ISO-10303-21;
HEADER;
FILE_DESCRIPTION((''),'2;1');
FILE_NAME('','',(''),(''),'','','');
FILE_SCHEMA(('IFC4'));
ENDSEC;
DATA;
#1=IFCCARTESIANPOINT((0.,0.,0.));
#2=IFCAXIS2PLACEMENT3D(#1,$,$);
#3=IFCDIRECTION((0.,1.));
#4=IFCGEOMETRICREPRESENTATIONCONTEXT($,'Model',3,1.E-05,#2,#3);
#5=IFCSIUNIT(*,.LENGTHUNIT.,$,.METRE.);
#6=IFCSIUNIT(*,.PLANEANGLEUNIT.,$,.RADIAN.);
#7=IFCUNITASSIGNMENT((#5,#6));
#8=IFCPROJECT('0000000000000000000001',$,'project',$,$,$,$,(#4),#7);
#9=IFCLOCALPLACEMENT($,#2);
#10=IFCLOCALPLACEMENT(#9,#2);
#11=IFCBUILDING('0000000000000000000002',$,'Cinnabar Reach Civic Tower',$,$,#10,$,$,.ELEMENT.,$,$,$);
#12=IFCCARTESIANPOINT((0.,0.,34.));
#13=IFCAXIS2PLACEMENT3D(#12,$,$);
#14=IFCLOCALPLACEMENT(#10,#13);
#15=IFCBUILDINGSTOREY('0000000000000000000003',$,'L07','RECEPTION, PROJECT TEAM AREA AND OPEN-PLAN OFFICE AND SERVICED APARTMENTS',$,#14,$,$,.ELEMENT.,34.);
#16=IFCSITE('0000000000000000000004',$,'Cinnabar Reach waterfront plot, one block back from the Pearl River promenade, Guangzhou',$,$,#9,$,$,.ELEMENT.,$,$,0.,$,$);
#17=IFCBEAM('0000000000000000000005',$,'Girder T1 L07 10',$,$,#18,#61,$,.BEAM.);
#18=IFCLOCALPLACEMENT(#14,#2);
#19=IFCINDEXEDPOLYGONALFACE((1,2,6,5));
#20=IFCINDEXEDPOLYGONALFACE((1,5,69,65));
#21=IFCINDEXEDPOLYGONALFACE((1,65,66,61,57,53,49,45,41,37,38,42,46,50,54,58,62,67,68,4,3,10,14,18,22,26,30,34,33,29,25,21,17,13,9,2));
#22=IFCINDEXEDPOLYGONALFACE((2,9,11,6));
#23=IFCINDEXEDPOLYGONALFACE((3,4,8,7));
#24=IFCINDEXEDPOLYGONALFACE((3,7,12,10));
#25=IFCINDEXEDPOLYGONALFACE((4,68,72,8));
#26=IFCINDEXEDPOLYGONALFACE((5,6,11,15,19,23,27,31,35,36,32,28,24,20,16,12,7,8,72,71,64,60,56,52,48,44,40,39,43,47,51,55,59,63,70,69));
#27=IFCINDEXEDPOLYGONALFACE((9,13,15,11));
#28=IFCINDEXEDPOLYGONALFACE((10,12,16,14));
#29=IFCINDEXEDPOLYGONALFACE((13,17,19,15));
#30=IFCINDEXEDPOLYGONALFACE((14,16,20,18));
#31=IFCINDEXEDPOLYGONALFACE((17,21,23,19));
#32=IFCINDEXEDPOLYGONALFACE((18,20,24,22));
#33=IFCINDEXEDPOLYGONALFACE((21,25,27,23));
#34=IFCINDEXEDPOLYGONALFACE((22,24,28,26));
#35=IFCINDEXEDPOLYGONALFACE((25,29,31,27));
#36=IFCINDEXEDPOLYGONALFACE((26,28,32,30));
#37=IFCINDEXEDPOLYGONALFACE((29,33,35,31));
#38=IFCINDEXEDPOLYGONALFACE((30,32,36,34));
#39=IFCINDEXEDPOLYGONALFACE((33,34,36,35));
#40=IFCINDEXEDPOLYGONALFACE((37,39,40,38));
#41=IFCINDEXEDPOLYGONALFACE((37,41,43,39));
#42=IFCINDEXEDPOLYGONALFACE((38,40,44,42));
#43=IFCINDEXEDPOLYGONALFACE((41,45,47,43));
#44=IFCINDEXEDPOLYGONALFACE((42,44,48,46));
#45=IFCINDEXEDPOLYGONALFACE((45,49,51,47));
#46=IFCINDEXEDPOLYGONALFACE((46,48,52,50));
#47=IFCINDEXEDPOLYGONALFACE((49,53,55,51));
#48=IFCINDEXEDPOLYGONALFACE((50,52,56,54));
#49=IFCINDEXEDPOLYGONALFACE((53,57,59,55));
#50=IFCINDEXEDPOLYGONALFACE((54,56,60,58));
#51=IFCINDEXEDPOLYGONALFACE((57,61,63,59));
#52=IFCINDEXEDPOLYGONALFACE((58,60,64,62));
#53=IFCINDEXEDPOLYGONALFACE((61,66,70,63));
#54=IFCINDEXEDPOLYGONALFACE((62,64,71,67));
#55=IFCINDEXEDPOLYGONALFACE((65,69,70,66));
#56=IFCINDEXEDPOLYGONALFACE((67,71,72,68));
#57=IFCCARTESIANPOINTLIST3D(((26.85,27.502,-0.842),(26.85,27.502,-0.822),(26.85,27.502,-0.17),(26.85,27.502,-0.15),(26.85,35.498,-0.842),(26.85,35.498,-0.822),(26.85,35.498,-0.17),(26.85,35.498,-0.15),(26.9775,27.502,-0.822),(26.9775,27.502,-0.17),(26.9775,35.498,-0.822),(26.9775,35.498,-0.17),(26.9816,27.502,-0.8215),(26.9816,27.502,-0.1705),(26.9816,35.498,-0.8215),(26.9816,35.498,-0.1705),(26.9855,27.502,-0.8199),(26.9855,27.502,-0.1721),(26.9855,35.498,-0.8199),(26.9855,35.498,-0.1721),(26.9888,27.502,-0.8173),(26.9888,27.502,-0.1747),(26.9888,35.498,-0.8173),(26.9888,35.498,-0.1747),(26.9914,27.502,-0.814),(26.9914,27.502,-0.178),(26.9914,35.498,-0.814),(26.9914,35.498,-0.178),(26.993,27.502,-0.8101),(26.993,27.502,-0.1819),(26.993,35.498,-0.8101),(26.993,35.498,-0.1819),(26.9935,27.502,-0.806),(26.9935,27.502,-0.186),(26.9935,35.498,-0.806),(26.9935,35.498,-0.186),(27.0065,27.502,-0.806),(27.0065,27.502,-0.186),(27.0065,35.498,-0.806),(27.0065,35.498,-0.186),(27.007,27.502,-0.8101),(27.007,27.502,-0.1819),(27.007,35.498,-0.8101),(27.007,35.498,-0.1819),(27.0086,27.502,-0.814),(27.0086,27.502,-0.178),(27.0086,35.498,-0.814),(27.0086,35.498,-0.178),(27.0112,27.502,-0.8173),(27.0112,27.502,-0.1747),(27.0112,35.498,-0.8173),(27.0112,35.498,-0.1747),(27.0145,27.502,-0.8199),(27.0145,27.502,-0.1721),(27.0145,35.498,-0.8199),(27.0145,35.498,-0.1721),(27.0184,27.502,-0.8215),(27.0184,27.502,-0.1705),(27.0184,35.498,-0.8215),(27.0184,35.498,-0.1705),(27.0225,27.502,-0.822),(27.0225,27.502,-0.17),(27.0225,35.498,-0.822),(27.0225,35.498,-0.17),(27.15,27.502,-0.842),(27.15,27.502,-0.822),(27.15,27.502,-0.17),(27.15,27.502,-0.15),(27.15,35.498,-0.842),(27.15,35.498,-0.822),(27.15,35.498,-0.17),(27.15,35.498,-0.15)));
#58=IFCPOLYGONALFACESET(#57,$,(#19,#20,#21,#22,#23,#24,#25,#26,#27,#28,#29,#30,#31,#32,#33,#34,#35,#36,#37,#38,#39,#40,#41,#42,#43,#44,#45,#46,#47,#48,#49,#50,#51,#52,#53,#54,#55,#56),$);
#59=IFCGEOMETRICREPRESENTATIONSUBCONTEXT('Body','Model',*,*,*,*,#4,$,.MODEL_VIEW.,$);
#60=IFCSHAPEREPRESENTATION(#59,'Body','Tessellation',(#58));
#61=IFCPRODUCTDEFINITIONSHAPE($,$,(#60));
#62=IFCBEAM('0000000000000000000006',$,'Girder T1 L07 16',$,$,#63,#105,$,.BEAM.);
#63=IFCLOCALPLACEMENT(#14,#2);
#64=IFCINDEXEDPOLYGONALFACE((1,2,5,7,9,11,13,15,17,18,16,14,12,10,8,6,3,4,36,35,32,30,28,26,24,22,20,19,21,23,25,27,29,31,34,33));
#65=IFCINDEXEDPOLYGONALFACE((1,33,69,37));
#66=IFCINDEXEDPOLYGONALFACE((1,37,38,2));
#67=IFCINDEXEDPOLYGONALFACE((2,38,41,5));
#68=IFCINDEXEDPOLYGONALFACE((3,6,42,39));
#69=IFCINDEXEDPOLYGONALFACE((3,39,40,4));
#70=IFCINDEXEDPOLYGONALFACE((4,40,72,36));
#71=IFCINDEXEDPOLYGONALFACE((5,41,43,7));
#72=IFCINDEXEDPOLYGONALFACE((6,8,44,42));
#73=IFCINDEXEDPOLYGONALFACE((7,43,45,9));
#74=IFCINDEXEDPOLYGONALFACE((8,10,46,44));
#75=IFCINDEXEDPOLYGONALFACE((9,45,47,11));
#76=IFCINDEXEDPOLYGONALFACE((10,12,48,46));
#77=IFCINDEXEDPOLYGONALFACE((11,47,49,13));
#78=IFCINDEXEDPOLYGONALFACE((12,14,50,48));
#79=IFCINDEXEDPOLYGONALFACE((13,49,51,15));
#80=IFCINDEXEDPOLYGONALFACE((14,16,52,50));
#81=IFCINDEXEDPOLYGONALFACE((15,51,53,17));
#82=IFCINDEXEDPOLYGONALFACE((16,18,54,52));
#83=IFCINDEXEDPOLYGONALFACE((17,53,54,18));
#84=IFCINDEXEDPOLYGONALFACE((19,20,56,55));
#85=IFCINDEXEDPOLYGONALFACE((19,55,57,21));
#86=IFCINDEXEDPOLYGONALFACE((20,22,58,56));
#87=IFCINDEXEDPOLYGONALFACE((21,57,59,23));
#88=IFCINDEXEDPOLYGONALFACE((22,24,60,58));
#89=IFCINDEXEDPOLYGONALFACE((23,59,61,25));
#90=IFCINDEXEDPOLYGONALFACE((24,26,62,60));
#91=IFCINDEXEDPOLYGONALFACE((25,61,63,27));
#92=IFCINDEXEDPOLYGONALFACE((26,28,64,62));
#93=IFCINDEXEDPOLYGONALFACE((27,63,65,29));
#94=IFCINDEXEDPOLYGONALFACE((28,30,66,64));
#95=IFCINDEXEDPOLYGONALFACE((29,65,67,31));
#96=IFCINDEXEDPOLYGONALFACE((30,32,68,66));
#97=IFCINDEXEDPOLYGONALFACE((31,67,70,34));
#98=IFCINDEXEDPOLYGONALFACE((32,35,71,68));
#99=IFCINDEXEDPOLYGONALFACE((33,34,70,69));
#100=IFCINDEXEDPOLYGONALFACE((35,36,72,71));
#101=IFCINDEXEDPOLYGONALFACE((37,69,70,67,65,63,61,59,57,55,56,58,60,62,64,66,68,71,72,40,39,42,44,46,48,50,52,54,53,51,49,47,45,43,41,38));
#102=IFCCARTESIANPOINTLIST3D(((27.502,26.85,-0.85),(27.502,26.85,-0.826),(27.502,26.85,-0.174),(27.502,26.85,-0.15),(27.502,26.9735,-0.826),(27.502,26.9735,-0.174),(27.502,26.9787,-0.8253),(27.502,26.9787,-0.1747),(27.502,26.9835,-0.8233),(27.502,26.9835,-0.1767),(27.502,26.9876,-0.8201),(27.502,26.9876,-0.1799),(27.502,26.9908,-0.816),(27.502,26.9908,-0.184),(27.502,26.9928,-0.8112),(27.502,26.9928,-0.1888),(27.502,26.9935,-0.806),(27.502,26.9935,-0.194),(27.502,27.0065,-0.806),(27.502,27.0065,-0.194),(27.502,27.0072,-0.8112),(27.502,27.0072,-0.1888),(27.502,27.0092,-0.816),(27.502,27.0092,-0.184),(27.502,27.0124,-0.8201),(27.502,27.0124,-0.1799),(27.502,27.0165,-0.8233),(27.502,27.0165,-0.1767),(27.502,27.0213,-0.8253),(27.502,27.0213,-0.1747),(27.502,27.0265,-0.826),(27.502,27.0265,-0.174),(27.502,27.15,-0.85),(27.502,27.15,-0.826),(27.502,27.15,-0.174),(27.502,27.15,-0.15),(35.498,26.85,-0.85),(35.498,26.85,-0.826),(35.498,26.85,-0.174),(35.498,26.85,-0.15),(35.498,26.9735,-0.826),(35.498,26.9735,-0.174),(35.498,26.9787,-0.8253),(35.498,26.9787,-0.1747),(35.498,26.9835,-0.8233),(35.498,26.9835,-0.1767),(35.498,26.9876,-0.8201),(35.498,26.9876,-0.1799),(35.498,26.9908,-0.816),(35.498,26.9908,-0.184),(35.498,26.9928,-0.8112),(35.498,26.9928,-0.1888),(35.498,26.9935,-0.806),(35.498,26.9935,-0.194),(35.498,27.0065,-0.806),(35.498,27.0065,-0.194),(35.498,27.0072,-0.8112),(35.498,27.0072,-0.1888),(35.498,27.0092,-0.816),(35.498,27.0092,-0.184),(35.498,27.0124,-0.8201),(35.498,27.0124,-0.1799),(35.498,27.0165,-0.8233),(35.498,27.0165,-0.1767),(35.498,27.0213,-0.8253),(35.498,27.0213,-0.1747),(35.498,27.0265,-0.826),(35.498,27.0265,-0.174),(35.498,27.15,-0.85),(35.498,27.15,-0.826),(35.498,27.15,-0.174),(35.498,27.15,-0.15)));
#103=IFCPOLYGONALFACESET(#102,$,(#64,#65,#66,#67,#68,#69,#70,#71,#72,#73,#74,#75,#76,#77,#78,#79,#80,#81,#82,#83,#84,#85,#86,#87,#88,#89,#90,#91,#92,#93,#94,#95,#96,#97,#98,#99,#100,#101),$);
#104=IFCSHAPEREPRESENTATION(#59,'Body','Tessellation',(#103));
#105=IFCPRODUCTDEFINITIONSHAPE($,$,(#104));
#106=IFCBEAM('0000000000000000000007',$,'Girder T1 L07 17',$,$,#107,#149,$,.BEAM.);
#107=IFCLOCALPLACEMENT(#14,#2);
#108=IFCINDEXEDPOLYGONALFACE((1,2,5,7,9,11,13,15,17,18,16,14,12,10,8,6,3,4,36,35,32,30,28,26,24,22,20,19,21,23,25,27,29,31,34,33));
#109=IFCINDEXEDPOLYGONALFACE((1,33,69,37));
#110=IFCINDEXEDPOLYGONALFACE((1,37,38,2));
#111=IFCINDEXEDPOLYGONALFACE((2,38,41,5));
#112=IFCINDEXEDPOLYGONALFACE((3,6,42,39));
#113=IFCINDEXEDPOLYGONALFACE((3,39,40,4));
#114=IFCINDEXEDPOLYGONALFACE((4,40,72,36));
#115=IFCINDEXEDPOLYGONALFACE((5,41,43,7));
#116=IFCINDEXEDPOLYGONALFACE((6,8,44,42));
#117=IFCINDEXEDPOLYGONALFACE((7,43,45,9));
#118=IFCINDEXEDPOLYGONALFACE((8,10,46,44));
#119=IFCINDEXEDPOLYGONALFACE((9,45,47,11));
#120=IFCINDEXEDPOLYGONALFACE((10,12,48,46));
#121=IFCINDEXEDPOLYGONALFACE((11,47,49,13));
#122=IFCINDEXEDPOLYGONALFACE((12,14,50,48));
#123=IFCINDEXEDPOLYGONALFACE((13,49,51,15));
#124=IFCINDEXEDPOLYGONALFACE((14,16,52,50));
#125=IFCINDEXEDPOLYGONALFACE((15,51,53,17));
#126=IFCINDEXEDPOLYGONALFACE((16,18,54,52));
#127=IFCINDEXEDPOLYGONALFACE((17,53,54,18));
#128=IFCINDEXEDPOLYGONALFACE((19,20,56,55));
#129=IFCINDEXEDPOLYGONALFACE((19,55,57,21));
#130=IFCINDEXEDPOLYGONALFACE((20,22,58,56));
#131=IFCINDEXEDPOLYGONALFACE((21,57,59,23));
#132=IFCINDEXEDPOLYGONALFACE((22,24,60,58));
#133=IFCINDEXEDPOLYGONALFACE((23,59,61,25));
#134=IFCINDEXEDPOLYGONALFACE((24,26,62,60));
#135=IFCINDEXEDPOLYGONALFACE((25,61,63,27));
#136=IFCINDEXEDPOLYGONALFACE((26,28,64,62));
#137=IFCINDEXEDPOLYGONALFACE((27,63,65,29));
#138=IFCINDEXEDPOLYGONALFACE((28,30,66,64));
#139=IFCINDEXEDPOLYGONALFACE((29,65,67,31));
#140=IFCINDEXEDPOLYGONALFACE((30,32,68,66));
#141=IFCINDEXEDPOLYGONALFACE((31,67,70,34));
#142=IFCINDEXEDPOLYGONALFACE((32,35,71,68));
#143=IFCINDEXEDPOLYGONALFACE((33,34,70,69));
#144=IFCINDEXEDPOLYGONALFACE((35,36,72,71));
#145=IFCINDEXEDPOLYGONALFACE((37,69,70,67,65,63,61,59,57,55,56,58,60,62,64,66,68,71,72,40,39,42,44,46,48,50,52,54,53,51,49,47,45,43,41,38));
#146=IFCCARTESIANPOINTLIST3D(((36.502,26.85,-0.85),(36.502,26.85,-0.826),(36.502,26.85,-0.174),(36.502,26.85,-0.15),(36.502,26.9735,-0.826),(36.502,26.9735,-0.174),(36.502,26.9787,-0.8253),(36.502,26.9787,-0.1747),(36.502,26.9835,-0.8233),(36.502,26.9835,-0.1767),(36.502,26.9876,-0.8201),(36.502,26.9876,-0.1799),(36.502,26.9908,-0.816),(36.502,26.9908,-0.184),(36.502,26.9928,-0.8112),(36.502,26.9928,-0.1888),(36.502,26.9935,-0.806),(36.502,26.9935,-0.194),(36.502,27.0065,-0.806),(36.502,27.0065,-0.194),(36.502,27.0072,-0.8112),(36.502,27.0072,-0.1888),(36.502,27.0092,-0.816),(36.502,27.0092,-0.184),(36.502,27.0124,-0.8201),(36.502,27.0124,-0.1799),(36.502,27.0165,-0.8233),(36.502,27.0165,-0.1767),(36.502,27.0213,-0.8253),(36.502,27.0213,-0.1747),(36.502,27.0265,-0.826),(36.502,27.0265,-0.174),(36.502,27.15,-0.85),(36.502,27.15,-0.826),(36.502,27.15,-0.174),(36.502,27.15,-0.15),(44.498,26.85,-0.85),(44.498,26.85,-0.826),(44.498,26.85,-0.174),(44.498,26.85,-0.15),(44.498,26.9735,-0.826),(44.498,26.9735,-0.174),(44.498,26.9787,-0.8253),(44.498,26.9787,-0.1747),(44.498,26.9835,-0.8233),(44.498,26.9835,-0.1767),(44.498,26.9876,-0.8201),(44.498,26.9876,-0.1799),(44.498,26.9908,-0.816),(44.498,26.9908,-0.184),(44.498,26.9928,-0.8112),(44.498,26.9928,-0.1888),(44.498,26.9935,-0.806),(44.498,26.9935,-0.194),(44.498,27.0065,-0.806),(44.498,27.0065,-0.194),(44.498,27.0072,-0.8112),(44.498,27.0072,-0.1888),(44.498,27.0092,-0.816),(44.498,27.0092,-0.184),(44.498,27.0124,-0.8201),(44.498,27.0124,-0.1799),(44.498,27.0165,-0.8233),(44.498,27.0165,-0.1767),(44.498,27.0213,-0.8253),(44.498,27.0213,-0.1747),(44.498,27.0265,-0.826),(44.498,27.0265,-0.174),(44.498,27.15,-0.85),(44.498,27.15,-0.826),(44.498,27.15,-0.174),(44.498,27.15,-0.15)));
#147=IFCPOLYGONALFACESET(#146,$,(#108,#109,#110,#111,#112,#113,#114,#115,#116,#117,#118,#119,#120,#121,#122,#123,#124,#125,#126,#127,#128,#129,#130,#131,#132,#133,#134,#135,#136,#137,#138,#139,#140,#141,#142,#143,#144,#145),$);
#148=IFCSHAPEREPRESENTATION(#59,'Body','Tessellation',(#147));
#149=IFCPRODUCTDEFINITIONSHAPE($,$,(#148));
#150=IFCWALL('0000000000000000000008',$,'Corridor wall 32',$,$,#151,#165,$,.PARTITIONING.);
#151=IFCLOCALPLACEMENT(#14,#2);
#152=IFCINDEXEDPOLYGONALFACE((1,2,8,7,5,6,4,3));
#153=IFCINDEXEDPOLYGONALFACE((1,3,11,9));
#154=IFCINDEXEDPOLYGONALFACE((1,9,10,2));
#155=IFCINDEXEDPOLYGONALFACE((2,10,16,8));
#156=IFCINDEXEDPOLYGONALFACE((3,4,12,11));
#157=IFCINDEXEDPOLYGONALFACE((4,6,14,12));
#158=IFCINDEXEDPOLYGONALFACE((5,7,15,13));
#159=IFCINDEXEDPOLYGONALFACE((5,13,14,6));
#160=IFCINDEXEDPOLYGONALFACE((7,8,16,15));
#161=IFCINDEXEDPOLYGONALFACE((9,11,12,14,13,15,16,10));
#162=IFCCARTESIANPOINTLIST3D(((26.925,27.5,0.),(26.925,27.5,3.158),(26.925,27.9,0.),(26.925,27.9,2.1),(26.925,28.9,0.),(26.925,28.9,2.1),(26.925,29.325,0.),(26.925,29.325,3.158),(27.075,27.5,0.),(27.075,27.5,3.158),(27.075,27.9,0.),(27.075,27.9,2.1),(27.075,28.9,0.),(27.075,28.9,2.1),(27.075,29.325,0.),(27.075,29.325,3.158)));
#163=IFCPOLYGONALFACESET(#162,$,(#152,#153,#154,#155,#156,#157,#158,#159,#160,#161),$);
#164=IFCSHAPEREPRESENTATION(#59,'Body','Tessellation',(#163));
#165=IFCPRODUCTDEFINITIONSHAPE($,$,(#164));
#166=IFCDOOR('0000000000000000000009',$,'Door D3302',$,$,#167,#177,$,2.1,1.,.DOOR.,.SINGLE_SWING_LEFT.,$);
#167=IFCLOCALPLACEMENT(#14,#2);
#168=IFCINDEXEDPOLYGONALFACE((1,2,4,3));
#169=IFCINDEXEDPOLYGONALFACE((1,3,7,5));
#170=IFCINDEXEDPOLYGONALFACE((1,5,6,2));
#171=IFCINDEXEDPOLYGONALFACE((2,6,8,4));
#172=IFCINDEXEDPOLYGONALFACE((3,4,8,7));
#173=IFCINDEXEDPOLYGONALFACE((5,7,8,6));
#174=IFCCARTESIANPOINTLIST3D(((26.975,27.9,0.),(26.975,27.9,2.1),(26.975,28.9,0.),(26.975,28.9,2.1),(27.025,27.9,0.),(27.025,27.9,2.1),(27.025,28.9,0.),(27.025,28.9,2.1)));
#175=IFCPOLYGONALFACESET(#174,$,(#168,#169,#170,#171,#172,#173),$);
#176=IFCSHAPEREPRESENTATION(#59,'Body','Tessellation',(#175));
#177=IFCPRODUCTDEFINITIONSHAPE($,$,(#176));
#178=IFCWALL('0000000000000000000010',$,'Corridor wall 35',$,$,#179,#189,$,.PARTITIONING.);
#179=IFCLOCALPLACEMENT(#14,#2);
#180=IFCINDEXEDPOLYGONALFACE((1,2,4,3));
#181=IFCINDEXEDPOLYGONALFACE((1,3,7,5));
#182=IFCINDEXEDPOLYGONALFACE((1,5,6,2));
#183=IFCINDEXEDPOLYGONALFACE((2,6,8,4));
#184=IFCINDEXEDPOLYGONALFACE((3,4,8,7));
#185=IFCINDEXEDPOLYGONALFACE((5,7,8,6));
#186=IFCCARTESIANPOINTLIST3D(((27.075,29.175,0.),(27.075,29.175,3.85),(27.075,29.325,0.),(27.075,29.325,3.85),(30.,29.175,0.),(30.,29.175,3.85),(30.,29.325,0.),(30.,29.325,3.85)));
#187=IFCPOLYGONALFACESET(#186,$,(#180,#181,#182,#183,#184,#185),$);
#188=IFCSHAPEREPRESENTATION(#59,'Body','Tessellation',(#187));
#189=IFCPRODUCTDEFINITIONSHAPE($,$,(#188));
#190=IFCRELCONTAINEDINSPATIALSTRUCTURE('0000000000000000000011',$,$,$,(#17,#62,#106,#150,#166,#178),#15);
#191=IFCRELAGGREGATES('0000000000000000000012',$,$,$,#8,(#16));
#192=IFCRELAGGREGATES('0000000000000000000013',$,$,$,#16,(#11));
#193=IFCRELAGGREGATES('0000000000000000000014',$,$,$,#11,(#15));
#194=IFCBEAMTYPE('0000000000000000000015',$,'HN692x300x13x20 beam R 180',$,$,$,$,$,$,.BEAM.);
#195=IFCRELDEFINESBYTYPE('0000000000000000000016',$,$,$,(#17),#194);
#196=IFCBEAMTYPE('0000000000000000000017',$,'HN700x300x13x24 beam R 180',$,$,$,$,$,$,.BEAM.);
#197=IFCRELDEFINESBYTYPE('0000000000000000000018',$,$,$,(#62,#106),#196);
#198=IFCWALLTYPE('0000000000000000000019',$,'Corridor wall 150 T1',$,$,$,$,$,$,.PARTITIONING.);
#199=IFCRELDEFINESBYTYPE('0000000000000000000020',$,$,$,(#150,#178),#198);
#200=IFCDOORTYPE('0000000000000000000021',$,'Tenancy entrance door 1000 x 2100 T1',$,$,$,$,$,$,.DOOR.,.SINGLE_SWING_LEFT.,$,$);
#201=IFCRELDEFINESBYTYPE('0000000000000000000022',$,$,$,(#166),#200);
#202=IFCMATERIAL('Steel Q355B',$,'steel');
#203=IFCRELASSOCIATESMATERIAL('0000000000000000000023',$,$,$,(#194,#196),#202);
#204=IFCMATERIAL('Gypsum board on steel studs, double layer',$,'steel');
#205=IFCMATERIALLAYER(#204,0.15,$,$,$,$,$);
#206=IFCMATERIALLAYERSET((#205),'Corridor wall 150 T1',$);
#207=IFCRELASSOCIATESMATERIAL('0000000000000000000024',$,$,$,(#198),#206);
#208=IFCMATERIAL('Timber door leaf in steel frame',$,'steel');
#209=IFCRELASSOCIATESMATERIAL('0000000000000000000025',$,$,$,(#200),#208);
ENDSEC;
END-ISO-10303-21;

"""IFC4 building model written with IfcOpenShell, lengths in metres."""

from ifc_helpers import new_model, si_unit, direction, frame, frame_2d, origin, origin_2d, place, context, subcontext, project, spatial, rectangle, i_section, extrude, material, layer, layer_set, material_profile, profile_set, type_object, element, fill, save


model = new_model("IFC4")

# Units and contexts
model_context = context("Model", 3, precision=1e-05, world=origin(), true_north=direction((0.0, 1.0)))
body_context = subcontext(model_context, "Body", "Model", "MODEL_VIEW")
ifc_project = project(units=[si_unit("LENGTHUNIT", "METRE"), si_unit("PLANEANGLEUNIT", "RADIAN")], contexts=[model_context])

# Site, building, storey
site_placement = place(None, origin())
site = spatial("IfcSite", under=ifc_project, at=site_placement, Name="Cinnabar Reach waterfront plot, one block back from the Pearl River promenade, Guangzhou", CompositionType="ELEMENT", RefElevation=0.0)
building_placement = place(site_placement, origin())
building = spatial("IfcBuilding", under=site, at=building_placement, Name="Cinnabar Reach Civic Tower", CompositionType="ELEMENT")
storey_placement = place(building_placement, frame((0.0, 0.0, 34.0)))
storey = spatial("IfcBuildingStorey", under=building, at=storey_placement, Name="L07", Description="RECEPTION, PROJECT TEAM AREA AND OPEN-PLAN OFFICE AND SERVICED APARTMENTS", CompositionType="ELEMENT", Elevation=34.0)

# Beams
ifc_material_1 = material(Name="Steel Q355B", Category="steel")
ifc_material_profile_1 = material_profile(ifc_material_1, i_section(OverallWidth=0.3, OverallDepth=0.692, WebThickness=0.013, FlangeThickness=0.02, FilletRadius=0.016, at=origin_2d()), Name="HN692x300x13x20")
ifc_profile_set_1 = profile_set([ifc_material_profile_1], Name="Steel Q355B")
beam_type_1 = type_object("IfcBeamType", Name="HN692x300x13x20 beam R 180", PredefinedType="BEAM", material=ifc_profile_set_1)
beam_1_placement = place(storey_placement, frame((27.0, 27.502, -0.496), z_axis=(0.0, 1.0, 0.0), x_axis=(-1.0, 0.0, 0.0)))
element("IfcBeam", 1, at=beam_1_placement, inside=storey, type_object=beam_type_1, Name="Girder T1 L07 10", PredefinedType="BEAM", context=body_context, shape_type="SweptSolid", body=[
    extrude(i_section(OverallWidth=0.3, OverallDepth=0.692, WebThickness=0.013, FlangeThickness=0.02, FilletRadius=0.016, at=origin_2d()), origin(), (0.0, 0.0, 1.0), 7.996),
])
ifc_material_profile_2 = material_profile(ifc_material_1, i_section(OverallWidth=0.3, OverallDepth=0.7, WebThickness=0.013, FlangeThickness=0.024, FilletRadius=0.02, at=origin_2d()), Name="HN700x300x13x24")
ifc_profile_set_2 = profile_set([ifc_material_profile_2], Name="Steel Q355B")
beam_type_2 = type_object("IfcBeamType", Name="HN700x300x13x24 beam R 180", PredefinedType="BEAM", material=ifc_profile_set_2)
for number, where, z_axis, x_axis, name in (
    (2, (27.502, 27.0, -0.5), (1.0, 0.0, 0.0), (0.0, 1.0, 0.0), "Girder T1 L07 16"),
    (3, (36.502, 27.0, -0.5), (1.0, 0.0, 0.0), (0.0, 1.0, 0.0), "Girder T1 L07 17"),
):
    element("IfcBeam", number, at=place(storey_placement, frame(where, z_axis=z_axis, x_axis=x_axis)), inside=storey, type_object=beam_type_2, Name=name, PredefinedType="BEAM", context=body_context, shape_type="SweptSolid", body=[
        extrude(i_section(OverallWidth=0.3, OverallDepth=0.7, WebThickness=0.013, FlangeThickness=0.024, FilletRadius=0.02, at=origin_2d()), origin(), (0.0, 0.0, 1.0), 7.996),
    ])

# Wall, opening, door
ifc_material_2 = material(Name="Gypsum board on steel studs, double layer", Category="steel")
ifc_layer_1 = layer(ifc_material_2, 0.15)
ifc_layer_set_1 = layer_set([ifc_layer_1], Name="Corridor wall 150 T1")
wall_type_1 = type_object("IfcWallType", Name="Corridor wall 150 T1", PredefinedType="PARTITIONING", material=ifc_layer_set_1)
wall_1_placement = place(storey_placement, frame((27.0, 27.5, 0.0), z_axis=(0.0, 0.0, 1.0), x_axis=(0.0, 1.0, 0.0)))
wall_1 = element("IfcWall", 4, at=wall_1_placement, inside=storey, type_object=wall_type_1, Name="Corridor wall 32", PredefinedType="PARTITIONING", context=body_context, shape_type="SweptSolid", body=[
    extrude(rectangle(XDim=1.825, YDim=0.15, at=frame_2d((0.9125, 0.0))), origin(), (0.0, 0.0, 1.0), 3.158),
])
opening_1_placement = place(wall_1_placement, frame((0.4, 0.0, 0.0)))
opening_1 = element("IfcOpeningElement", 5, at=opening_1_placement, cuts=wall_1, PredefinedType="OPENING", context=body_context, shape_type="SweptSolid", body=[
    extrude(rectangle(XDim=1.0, YDim=2.1, at=frame_2d((0.5, 1.05))), frame((0.0, 0.085, 0.0), z_axis=(0.0, -1.0, 0.0), x_axis=(1.0, 0.0, 0.0)), (0.0, 0.0, 1.0), 0.17),
])
ifc_material_3 = material(Name="Timber door leaf in steel frame", Category="steel")
door_type_1 = type_object("IfcDoorType", Name="Tenancy entrance door 1000 x 2100 T1", OperationType="SINGLE_SWING_LEFT", PredefinedType="DOOR", material=ifc_material_3)
door_1_placement = place(opening_1_placement, frame((1.0, 0.0, 0.0), z_axis=(0.0, 0.0, 1.0), x_axis=(-1.0, 0.0, 0.0)))
door_1 = element("IfcDoor", 6, at=door_1_placement, inside=storey, type_object=door_type_1, Name="Door D3302", OperationType="SINGLE_SWING_LEFT", OverallHeight=2.1, OverallWidth=1.0, PredefinedType="DOOR", context=body_context, shape_type="SweptSolid", body=[
    extrude(rectangle(XDim=1.0, YDim=2.1, at=frame_2d((0.5, 1.05))), frame((0.0, 0.025, 0.0), z_axis=(0.0, -1.0, 0.0), x_axis=(1.0, 0.0, 0.0)), (0.0, 0.0, 1.0), 0.05),
])
fill(opening_1, door_1)

# Wall
wall_2_placement = place(storey_placement, frame((27.075, 29.25, 0.0), z_axis=(0.0, 0.0, 1.0), x_axis=(1.0, 0.0, 0.0)))
element("IfcWall", 7, at=wall_2_placement, inside=storey, type_object=wall_type_1, Name="Corridor wall 35", PredefinedType="PARTITIONING", context=body_context, shape_type="SweptSolid", body=[
    extrude(rectangle(XDim=2.925, YDim=0.15, at=frame_2d((1.4625, 0.0))), origin(), (0.0, 0.0, 1.0), 3.85),
])

save(model, "model.ifc")
